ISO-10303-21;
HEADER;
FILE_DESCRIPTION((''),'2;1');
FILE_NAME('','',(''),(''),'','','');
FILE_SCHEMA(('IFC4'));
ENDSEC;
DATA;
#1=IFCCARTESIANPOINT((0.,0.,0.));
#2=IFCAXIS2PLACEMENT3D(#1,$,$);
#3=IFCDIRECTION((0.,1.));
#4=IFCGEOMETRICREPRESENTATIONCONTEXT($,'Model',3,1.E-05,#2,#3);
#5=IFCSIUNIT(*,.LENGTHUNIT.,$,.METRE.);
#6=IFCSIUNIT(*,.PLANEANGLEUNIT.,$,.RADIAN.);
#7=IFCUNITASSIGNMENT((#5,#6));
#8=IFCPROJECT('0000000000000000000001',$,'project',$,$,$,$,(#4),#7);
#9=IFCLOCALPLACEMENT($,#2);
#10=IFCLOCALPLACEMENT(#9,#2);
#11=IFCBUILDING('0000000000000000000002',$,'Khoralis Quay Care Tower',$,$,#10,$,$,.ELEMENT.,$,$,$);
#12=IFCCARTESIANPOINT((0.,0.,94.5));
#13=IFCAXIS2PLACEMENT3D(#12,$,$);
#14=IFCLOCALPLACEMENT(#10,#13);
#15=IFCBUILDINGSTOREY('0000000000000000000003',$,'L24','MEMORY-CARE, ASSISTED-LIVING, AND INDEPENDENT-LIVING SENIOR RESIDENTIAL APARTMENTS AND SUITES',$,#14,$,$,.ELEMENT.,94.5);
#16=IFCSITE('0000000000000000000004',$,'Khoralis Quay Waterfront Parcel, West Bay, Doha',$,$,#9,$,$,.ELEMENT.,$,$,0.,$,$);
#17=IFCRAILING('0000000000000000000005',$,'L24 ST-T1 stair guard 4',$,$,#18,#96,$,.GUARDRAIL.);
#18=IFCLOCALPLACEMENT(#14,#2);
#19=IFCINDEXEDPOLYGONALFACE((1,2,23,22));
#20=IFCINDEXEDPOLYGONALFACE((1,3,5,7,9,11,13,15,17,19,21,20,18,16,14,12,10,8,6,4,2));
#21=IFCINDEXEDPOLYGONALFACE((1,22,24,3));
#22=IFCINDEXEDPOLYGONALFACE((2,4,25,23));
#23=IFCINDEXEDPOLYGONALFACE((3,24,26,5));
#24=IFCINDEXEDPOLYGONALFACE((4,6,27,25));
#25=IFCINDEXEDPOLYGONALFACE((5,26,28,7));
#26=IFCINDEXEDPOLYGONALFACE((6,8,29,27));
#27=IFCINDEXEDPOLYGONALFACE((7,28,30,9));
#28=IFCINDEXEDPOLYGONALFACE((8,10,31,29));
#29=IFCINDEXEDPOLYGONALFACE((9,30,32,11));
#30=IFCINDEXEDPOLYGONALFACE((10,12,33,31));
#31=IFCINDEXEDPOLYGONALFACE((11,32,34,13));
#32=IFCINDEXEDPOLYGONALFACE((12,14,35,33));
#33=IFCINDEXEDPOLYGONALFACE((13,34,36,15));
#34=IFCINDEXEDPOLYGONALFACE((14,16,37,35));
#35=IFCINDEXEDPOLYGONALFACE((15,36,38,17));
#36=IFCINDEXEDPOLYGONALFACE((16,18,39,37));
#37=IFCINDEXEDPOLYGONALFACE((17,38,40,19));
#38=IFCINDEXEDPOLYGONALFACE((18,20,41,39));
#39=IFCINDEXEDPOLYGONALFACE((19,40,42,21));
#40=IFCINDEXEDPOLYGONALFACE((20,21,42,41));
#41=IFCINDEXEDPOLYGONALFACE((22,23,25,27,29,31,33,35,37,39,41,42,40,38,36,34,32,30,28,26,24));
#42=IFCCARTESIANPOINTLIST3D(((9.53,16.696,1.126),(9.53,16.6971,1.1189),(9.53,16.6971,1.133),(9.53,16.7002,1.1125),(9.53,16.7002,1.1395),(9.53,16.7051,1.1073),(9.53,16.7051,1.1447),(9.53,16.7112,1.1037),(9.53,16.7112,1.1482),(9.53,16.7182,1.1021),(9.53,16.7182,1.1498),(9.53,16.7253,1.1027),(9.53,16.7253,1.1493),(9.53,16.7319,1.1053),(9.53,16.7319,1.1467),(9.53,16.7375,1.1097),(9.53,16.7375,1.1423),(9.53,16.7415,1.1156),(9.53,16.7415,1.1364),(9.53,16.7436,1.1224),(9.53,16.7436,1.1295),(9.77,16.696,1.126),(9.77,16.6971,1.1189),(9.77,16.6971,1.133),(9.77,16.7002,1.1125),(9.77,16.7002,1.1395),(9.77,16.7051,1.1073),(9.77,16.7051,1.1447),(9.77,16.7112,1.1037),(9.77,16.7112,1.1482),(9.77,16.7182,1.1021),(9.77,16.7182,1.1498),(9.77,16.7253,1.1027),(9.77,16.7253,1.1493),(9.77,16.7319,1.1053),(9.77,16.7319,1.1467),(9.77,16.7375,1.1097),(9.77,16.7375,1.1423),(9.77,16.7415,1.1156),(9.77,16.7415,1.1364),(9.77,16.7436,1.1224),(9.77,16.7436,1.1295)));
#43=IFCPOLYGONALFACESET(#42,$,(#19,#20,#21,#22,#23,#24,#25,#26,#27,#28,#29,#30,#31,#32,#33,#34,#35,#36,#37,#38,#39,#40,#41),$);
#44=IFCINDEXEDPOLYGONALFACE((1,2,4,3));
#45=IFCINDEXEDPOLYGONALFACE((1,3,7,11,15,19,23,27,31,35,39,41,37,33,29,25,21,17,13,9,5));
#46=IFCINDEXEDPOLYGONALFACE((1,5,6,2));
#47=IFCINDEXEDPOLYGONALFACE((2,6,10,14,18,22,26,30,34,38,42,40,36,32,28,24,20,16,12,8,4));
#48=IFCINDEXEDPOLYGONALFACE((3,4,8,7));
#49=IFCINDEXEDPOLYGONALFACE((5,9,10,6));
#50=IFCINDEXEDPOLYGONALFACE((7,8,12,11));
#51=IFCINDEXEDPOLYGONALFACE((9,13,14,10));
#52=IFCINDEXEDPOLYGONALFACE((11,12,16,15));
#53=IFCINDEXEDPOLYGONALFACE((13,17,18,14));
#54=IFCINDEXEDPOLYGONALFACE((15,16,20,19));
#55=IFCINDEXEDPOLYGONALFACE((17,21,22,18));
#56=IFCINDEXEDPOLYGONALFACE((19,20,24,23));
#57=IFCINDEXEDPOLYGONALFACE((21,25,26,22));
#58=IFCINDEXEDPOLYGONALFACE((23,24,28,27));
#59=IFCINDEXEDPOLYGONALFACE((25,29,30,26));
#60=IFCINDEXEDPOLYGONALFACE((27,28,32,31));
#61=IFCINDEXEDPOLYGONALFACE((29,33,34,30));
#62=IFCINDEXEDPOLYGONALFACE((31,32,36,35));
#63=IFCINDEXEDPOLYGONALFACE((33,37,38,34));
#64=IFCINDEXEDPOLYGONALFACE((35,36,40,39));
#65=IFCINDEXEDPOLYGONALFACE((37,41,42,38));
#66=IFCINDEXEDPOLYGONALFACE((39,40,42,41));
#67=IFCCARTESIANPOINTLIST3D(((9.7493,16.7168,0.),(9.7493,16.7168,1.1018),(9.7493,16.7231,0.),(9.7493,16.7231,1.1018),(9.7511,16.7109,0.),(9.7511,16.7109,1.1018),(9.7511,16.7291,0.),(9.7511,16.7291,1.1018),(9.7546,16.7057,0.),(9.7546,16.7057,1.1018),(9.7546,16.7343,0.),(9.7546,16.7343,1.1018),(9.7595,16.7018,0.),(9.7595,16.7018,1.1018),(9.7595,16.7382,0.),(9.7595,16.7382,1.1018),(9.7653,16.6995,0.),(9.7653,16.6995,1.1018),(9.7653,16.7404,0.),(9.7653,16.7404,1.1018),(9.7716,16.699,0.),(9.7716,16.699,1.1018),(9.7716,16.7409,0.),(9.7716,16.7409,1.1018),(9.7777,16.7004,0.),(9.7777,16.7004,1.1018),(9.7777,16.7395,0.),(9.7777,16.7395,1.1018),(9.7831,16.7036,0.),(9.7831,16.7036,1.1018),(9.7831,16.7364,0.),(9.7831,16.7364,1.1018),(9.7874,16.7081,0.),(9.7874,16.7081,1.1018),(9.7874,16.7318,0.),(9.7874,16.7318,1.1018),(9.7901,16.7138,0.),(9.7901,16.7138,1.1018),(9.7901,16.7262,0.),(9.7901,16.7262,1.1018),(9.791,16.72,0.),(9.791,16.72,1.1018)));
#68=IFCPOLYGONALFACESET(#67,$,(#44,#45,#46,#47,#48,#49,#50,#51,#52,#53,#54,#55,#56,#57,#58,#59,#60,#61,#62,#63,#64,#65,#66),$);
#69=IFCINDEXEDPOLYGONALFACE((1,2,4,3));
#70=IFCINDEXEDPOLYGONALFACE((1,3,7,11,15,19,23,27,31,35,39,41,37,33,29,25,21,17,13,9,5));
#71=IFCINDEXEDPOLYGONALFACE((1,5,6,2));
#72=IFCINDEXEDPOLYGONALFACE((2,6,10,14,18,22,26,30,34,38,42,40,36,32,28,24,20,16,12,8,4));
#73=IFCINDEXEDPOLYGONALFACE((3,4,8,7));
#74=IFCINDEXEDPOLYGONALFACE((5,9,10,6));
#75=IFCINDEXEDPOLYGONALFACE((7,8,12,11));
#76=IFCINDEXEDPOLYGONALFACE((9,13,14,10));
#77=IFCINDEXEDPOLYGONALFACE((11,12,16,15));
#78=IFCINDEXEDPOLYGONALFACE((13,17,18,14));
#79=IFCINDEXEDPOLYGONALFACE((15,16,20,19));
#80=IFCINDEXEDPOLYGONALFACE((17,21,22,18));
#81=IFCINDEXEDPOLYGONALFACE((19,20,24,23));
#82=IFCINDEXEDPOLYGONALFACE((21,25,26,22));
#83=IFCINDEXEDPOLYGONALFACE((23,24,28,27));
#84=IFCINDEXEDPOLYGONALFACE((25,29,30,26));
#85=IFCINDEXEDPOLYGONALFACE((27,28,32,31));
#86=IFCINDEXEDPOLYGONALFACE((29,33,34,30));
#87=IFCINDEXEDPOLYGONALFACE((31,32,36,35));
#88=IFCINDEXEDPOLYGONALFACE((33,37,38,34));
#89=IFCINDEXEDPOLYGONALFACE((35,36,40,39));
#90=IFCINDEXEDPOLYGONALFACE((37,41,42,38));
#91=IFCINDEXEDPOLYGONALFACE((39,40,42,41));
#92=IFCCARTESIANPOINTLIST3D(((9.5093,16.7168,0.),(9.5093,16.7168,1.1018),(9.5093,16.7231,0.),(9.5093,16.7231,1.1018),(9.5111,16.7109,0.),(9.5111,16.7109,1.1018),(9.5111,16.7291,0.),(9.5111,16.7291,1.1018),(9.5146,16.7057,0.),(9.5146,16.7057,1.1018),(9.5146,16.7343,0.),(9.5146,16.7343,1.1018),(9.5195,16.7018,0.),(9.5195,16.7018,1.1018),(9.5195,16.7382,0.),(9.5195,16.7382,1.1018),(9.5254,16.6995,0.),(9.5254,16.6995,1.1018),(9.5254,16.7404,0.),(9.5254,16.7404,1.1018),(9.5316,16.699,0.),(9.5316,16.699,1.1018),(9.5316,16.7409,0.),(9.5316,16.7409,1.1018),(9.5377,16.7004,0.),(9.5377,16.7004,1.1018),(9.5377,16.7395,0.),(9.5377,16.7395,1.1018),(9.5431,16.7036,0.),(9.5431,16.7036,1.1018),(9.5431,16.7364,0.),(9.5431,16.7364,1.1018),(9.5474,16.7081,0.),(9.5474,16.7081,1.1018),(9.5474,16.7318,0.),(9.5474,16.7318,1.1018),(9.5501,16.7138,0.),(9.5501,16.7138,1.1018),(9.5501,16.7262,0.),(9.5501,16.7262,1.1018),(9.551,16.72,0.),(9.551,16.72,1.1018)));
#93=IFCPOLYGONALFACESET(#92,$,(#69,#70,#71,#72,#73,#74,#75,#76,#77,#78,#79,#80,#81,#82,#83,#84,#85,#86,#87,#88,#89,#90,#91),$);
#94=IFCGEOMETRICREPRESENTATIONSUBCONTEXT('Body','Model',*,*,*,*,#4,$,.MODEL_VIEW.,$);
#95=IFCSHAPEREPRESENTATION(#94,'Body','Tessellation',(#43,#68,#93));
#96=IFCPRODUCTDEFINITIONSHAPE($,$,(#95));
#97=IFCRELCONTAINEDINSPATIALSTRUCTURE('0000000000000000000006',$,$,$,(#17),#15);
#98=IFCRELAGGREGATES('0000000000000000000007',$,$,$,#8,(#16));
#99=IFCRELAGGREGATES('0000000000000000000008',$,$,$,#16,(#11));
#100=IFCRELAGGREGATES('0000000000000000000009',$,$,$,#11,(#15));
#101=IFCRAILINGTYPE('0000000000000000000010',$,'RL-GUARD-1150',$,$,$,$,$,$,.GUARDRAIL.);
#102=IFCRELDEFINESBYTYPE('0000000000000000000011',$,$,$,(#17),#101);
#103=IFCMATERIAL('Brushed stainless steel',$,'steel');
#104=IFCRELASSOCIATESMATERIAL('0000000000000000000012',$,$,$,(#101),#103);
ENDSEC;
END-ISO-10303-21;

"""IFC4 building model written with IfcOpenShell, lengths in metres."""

from ifc_helpers import new_model, si_unit, direction, frame, origin, origin_2d, place, context, subcontext, project, spatial, circle, extrude, material, type_object, element, save


model = new_model("IFC4")

# Units and contexts
model_context = context("Model", 3, precision=1e-05, world=origin(), true_north=direction((0.0, 1.0)))
body_context = subcontext(model_context, "Body", "Model", "MODEL_VIEW")
ifc_project = project(units=[si_unit("LENGTHUNIT", "METRE"), si_unit("PLANEANGLEUNIT", "RADIAN")], contexts=[model_context])

# Site, building, storey
site_placement = place(None, origin())
site = spatial("IfcSite", under=ifc_project, at=site_placement, Name="Khoralis Quay Waterfront Parcel, West Bay, Doha", CompositionType="ELEMENT", RefElevation=0.0)
building_placement = place(site_placement, origin())
building = spatial("IfcBuilding", under=site, at=building_placement, Name="Khoralis Quay Care Tower", CompositionType="ELEMENT")
storey_placement = place(building_placement, frame((0.0, 0.0, 94.5)))
storey = spatial("IfcBuildingStorey", under=building, at=storey_placement, Name="L24", Description="MEMORY-CARE, ASSISTED-LIVING, AND INDEPENDENT-LIVING SENIOR RESIDENTIAL APARTMENTS AND SUITES", CompositionType="ELEMENT", Elevation=94.5)

# Shared definitions
ifc_material_1 = material(Name="Brushed stainless steel", Category="steel")

# Railing
railing_type_1 = type_object("IfcRailingType", Name="RL-GUARD-1150", PredefinedType="GUARDRAIL", material=ifc_material_1)
railing_1_placement = place(storey_placement, frame((9.77, 16.72, 0.0)))
element("IfcRailing", 1, at=railing_1_placement, inside=storey, type_object=railing_type_1, Name="L24 ST-T1 stair guard 4", PredefinedType="GUARDRAIL", context=body_context, shape_type="SweptSolid", body=[
    extrude(circle(Radius=0.0239, at=origin_2d()), frame((0.0, 0.0, 1.126), z_axis=(-1.0, 0.0, 0.0), x_axis=(0.0, -1.0, 0.0)), (0.0, 0.0, 1.0), 0.24),
    extrude(circle(Radius=0.021, at=origin_2d()), origin(), (0.0, 0.0, 1.0), 1.1018),
    extrude(circle(Radius=0.021, at=origin_2d()), frame((-0.24, 0.0, 0.0)), (0.0, 0.0, 1.0), 1.1018),
])

save(model, "model.ifc")
